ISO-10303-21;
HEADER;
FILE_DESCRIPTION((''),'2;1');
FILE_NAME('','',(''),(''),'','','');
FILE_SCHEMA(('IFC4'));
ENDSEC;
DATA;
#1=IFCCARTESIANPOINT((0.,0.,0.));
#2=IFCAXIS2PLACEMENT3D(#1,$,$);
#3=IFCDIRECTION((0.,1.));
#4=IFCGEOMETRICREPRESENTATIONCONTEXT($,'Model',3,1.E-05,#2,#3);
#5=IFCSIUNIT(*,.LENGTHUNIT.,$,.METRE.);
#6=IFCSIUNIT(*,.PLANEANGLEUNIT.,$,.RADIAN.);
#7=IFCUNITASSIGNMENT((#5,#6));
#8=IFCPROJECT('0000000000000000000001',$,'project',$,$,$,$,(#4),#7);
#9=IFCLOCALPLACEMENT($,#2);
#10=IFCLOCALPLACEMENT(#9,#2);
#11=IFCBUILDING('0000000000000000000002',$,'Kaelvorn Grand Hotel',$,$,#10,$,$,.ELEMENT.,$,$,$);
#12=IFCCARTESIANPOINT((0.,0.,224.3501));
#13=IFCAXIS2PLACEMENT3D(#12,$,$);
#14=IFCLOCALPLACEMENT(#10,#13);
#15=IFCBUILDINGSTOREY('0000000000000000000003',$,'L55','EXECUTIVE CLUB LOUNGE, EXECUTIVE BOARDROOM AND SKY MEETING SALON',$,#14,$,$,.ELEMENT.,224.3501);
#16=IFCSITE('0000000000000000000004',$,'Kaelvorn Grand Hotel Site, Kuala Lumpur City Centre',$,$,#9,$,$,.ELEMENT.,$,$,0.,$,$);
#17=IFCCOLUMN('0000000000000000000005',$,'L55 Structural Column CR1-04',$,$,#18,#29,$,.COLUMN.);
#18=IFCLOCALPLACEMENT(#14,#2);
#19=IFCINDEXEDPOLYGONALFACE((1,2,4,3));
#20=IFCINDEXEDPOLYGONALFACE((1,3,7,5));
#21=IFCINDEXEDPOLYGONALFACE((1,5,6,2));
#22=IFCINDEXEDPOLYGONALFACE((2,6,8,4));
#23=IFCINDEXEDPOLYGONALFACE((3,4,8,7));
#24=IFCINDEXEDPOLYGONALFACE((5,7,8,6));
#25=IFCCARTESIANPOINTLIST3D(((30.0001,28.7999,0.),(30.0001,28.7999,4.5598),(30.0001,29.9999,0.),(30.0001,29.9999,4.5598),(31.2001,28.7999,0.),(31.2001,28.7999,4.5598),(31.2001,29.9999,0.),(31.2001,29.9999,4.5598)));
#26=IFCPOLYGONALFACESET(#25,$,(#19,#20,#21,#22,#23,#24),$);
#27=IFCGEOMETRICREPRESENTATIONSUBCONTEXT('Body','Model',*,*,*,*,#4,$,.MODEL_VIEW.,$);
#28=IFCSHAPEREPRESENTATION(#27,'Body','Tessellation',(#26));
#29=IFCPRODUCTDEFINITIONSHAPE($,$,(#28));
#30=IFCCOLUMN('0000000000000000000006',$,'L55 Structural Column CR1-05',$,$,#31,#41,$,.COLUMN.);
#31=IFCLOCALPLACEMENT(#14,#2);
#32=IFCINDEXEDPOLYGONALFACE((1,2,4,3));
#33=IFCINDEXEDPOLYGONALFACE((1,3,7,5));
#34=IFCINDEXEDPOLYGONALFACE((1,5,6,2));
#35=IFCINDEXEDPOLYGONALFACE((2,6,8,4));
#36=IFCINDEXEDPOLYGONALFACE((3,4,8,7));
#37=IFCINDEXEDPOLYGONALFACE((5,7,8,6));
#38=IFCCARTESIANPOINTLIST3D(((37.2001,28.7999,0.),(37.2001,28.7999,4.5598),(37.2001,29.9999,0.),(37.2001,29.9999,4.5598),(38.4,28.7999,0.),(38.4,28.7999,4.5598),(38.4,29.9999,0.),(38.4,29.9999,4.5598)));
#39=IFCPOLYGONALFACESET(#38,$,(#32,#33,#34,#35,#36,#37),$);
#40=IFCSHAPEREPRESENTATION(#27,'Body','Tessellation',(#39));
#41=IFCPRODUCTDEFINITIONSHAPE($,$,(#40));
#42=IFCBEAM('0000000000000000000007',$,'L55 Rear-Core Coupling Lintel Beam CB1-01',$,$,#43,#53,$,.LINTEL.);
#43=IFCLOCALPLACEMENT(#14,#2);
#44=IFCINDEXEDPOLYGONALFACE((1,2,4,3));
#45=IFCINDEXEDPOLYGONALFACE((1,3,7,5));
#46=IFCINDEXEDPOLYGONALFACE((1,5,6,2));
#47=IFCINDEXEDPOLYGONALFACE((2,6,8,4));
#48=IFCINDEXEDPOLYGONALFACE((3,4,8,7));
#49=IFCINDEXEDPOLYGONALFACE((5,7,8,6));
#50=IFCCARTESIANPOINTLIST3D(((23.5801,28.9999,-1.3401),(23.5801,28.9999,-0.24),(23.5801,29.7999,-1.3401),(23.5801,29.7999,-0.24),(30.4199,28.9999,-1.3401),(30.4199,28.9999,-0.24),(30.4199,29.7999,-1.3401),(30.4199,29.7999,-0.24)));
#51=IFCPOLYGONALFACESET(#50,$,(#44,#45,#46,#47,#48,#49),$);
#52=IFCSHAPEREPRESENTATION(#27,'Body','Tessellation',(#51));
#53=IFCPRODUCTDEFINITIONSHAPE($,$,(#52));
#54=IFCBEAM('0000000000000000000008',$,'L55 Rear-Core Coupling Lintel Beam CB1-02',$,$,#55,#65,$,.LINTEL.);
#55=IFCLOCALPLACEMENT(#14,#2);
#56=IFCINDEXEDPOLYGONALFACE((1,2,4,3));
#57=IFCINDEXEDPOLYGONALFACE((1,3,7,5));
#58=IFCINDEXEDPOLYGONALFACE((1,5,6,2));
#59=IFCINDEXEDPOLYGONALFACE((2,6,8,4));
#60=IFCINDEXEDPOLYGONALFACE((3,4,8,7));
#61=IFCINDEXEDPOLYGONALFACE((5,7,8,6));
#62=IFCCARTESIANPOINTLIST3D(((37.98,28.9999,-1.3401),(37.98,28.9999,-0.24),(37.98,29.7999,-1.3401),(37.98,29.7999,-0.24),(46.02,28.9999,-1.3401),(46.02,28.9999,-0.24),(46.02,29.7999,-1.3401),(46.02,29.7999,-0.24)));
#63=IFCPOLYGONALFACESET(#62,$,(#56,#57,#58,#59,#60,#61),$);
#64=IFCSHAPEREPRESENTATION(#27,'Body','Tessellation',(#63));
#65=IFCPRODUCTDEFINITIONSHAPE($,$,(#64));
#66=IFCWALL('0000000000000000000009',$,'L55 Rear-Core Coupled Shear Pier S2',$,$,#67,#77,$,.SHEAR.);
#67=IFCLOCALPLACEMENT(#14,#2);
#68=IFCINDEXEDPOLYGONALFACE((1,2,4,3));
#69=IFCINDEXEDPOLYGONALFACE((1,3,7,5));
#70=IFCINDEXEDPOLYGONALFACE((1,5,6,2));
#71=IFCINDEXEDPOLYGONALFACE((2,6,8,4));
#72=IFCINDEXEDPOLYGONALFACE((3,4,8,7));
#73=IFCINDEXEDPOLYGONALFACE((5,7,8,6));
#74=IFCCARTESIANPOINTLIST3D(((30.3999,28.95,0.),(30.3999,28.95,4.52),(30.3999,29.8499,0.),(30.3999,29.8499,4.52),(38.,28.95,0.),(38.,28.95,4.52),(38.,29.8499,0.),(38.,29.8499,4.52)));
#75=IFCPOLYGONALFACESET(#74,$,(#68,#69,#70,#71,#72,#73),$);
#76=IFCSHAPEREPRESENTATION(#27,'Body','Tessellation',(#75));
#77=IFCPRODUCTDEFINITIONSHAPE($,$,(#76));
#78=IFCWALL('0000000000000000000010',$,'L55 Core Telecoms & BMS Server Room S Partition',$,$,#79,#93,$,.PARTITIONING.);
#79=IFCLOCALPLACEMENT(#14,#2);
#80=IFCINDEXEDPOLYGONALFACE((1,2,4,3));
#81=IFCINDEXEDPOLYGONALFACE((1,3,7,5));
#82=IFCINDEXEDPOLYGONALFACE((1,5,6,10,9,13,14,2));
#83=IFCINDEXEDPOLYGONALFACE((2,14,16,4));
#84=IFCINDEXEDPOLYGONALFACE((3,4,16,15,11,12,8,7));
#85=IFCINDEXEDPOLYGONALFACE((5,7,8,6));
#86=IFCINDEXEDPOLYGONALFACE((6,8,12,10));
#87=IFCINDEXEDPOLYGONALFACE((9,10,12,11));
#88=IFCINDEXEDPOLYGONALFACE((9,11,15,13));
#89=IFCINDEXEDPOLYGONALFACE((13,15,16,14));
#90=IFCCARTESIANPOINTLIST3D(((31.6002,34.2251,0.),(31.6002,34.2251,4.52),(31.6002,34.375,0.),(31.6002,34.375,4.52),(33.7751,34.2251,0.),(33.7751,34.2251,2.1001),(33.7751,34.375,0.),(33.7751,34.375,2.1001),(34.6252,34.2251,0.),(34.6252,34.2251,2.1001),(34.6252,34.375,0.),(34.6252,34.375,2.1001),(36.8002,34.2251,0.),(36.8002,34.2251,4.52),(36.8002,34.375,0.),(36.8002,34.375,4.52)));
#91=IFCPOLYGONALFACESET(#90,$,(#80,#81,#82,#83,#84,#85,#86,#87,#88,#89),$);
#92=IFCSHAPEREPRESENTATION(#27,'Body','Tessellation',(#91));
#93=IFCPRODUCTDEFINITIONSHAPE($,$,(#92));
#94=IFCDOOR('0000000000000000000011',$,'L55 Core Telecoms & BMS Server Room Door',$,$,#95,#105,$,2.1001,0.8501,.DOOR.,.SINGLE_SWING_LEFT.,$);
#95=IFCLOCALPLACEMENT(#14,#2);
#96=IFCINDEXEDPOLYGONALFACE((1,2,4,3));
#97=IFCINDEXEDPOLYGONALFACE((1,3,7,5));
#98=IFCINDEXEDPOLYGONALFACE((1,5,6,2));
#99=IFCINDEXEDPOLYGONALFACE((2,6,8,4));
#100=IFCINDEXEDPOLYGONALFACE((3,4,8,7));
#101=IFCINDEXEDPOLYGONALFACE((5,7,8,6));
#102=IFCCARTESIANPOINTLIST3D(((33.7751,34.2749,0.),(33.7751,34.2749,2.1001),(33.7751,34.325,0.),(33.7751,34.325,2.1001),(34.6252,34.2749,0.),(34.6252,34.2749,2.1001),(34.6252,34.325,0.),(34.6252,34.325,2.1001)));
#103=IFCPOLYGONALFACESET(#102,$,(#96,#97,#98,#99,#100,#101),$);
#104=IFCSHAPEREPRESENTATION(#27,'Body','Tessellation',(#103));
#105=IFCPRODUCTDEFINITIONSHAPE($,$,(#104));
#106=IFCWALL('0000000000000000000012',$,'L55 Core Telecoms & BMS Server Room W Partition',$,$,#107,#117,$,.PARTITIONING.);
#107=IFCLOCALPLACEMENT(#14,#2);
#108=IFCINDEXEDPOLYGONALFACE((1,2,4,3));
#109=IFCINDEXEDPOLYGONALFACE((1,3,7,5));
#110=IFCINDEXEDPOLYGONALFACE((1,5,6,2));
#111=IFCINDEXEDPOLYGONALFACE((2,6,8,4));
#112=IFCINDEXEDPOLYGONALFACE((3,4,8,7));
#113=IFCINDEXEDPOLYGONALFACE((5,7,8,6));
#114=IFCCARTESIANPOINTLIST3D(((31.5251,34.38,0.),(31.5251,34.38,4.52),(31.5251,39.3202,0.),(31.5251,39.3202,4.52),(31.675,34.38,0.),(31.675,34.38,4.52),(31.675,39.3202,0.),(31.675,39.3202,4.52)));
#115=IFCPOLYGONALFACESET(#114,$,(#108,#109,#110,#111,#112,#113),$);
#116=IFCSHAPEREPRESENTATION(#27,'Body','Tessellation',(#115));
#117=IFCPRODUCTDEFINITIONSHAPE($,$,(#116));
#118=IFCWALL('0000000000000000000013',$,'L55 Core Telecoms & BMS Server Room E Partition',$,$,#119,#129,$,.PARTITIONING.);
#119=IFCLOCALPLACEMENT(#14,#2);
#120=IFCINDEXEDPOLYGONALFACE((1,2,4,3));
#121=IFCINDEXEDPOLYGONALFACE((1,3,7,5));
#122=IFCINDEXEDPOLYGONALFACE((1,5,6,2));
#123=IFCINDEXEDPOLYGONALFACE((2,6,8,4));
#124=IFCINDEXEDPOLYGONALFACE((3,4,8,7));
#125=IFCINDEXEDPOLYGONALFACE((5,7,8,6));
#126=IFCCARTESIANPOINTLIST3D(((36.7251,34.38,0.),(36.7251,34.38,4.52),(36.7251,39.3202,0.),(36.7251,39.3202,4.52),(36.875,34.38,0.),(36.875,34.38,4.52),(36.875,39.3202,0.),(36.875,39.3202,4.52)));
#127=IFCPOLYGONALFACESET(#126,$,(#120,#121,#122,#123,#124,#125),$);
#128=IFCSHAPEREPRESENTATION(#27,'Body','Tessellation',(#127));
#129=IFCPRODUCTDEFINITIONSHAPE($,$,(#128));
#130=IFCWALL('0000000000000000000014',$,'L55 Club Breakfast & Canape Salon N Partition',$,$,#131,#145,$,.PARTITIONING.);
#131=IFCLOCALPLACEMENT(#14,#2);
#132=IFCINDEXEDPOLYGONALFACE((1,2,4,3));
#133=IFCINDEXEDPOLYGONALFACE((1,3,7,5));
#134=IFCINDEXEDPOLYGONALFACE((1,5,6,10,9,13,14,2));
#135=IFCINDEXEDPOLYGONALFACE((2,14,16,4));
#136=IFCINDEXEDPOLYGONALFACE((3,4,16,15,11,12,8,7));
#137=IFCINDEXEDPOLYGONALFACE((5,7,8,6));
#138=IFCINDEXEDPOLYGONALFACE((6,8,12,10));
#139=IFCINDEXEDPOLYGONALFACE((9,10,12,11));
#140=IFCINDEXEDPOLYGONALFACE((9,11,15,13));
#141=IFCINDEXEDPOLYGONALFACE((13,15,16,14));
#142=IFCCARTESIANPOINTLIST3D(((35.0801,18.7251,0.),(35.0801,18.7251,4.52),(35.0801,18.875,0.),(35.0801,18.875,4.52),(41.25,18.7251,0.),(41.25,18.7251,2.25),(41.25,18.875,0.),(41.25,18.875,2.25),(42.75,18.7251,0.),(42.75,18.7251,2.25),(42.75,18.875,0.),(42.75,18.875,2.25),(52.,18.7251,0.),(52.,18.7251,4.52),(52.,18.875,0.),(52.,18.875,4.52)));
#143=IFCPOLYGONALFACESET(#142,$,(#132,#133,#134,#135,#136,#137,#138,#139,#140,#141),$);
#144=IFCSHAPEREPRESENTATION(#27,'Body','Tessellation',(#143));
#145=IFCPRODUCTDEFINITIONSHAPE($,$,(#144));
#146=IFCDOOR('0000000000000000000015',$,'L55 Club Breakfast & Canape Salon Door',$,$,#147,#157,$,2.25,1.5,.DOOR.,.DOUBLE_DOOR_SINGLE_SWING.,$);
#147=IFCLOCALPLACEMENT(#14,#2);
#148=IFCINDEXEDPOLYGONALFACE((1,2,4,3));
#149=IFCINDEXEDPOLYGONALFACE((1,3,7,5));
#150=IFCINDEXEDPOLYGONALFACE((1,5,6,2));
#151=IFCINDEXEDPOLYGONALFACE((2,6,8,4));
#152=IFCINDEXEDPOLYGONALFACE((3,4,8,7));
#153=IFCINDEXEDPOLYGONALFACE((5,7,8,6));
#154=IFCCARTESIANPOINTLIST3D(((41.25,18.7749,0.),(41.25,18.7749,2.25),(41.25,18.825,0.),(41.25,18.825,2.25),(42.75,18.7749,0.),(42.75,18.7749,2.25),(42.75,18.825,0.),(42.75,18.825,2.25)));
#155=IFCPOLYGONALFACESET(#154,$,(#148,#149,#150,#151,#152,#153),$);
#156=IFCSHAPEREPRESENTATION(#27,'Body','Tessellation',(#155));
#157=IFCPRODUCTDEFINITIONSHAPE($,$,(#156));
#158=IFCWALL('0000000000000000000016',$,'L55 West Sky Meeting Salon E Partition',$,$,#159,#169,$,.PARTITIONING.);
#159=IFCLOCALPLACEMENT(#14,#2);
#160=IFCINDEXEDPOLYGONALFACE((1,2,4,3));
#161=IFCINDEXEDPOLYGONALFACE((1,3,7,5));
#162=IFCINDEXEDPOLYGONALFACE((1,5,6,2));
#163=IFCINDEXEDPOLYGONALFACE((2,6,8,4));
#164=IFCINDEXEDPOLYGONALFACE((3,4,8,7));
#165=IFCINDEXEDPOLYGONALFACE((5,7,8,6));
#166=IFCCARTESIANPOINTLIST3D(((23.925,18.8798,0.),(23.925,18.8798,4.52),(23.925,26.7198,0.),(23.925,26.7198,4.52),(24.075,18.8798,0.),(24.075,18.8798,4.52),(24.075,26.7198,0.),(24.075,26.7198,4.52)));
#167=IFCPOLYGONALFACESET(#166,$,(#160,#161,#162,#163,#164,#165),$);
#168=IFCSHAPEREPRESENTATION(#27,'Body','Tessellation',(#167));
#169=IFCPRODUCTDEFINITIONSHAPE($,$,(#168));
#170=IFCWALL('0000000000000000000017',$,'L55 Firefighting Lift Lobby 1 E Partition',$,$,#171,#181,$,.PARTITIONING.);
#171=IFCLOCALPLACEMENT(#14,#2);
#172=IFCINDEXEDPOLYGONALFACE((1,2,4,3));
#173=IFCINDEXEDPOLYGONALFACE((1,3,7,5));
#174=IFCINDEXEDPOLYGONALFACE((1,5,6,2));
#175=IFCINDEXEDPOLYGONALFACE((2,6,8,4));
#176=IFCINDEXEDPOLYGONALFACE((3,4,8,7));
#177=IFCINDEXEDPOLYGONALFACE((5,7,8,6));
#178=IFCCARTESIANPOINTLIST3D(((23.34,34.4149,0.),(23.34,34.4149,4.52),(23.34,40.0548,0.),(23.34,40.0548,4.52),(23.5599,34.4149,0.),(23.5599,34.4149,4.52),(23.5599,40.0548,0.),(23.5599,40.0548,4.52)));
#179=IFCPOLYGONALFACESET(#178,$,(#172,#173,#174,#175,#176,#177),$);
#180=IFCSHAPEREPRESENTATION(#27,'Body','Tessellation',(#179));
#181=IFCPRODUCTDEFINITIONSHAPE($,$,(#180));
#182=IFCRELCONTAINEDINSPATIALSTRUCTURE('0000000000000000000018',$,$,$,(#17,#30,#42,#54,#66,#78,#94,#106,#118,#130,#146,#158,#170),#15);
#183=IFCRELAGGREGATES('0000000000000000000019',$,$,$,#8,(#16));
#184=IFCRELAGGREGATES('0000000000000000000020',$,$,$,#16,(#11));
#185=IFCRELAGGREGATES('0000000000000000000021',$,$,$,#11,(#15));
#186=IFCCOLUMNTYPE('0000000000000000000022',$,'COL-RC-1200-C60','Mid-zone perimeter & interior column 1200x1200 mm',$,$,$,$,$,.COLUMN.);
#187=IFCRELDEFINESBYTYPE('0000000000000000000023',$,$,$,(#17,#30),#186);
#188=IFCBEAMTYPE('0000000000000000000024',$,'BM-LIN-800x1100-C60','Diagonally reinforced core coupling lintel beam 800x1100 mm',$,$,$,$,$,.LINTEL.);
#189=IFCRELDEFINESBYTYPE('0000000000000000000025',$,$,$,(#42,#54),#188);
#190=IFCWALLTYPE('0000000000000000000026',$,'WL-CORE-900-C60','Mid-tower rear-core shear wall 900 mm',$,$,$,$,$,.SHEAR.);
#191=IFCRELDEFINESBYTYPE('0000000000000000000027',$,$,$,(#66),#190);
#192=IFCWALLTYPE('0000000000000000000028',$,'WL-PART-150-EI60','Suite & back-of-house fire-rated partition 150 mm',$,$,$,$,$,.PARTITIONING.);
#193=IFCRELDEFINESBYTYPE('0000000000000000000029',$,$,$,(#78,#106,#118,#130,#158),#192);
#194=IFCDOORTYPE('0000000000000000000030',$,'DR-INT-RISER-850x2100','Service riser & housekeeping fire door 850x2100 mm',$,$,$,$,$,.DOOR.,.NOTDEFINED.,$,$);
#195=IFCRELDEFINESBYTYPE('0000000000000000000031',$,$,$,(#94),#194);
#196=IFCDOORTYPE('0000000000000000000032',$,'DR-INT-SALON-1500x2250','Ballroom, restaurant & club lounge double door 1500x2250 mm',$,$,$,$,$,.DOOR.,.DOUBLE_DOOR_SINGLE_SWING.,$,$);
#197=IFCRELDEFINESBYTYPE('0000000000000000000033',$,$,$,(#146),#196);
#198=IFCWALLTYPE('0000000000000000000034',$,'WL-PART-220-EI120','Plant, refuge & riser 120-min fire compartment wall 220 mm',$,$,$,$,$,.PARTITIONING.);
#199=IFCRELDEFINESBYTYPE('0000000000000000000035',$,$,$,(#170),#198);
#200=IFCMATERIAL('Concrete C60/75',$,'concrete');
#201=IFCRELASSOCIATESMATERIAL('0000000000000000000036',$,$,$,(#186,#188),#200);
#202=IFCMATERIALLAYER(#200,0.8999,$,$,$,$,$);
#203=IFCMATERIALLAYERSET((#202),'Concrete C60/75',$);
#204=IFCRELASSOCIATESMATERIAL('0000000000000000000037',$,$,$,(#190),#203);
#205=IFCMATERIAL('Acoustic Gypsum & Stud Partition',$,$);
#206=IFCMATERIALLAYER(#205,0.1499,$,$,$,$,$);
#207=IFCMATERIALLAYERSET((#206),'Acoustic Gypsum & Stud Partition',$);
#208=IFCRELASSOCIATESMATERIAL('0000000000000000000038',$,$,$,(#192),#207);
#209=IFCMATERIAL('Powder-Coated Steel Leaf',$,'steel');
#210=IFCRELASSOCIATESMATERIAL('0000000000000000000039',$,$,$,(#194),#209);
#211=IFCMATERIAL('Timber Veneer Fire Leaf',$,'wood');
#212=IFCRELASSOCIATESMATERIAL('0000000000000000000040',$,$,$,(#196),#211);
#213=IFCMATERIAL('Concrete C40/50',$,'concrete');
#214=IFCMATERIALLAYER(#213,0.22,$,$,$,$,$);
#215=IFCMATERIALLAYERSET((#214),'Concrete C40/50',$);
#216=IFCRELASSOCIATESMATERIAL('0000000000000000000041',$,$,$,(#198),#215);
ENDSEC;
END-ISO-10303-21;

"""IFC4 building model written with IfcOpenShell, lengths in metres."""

from ifc_helpers import new_model, si_unit, direction, frame, frame_2d, origin, origin_2d, place, context, subcontext, project, spatial, rectangle, extrude, material, layer, layer_set, material_profile, profile_set, type_object, element, fill, save


model = new_model("IFC4")

# Units and contexts
model_context = context("Model", 3, precision=1e-05, world=origin(), true_north=direction((0.0, 1.0)))
body_context = subcontext(model_context, "Body", "Model", "MODEL_VIEW")
ifc_project = project(units=[si_unit("LENGTHUNIT", "METRE"), si_unit("PLANEANGLEUNIT", "RADIAN")], contexts=[model_context])

# Site, building, storey
site_placement = place(None, origin())
site = spatial("IfcSite", under=ifc_project, at=site_placement, Name="Kaelvorn Grand Hotel Site, Kuala Lumpur City Centre", CompositionType="ELEMENT", RefElevation=0.0)
building_placement = place(site_placement, origin())
building = spatial("IfcBuilding", under=site, at=building_placement, Name="Kaelvorn Grand Hotel", CompositionType="ELEMENT")
storey_placement = place(building_placement, frame((0.0, 0.0, 224.3501)))
storey = spatial("IfcBuildingStorey", under=building, at=storey_placement, Name="L55", Description="EXECUTIVE CLUB LOUNGE, EXECUTIVE BOARDROOM AND SKY MEETING SALON", CompositionType="ELEMENT", Elevation=224.3501)

# Columns
ifc_material_1 = material(Name="Concrete C60/75", Category="concrete")
ifc_material_profile_1 = material_profile(ifc_material_1, rectangle(XDim=1.2, YDim=1.2, at=origin_2d()), Name="RC COL 1200x1200")
ifc_profile_set_1 = profile_set([ifc_material_profile_1], Name="Concrete C60/75")
column_type = type_object("IfcColumnType", Name="COL-RC-1200-C60", Description="Mid-zone perimeter & interior column 1200x1200 mm", PredefinedType="COLUMN", material=ifc_profile_set_1)
for number, where, z_axis, x_axis, name in (
    (1, (30.6001, 29.3999, 0.0), (0.0, 0.0, 1.0), (1.0, 0.0, 0.0), "L55 Structural Column CR1-04"),
    (2, (37.8, 29.3999, 0.0), (0.0, 0.0, 1.0), (1.0, 0.0, 0.0), "L55 Structural Column CR1-05"),
):
    element("IfcColumn", number, at=place(storey_placement, frame(where, z_axis=z_axis, x_axis=x_axis)), inside=storey, type_object=column_type, Name=name, PredefinedType="COLUMN", context=body_context, shape_type="SweptSolid", body=[
        extrude(rectangle(XDim=1.2, YDim=1.2, at=origin_2d()), origin(), (0.0, 0.0, 1.0), 4.5598),
    ])

# Beams
ifc_material_profile_2 = material_profile(ifc_material_1, rectangle(XDim=0.8, YDim=1.1001, at=origin_2d()), Name="RC LINTEL 800x1100")
ifc_profile_set_2 = profile_set([ifc_material_profile_2], Name="Concrete C60/75")
beam_type = type_object("IfcBeamType", Name="BM-LIN-800x1100-C60", Description="Diagonally reinforced core coupling lintel beam 800x1100 mm", PredefinedType="LINTEL", material=ifc_profile_set_2)
beam_1_placement = place(storey_placement, frame((23.5801, 29.3999, -0.79), z_axis=(1.0, 0.0, 0.0), x_axis=(0.0, 1.0, 0.0)))
element("IfcBeam", 3, at=beam_1_placement, inside=storey, type_object=beam_type, Name="L55 Rear-Core Coupling Lintel Beam CB1-01", PredefinedType="LINTEL", context=body_context, shape_type="SweptSolid", body=[
    extrude(rectangle(XDim=0.8, YDim=1.1001, at=origin_2d()), origin(), (0.0, 0.0, 1.0), 6.8398),
])
beam_2_placement = place(storey_placement, frame((37.98, 29.3999, -0.79), z_axis=(1.0, 0.0, 0.0), x_axis=(0.0, 1.0, 0.0)))
element("IfcBeam", 4, at=beam_2_placement, inside=storey, type_object=beam_type, Name="L55 Rear-Core Coupling Lintel Beam CB1-02", PredefinedType="LINTEL", context=body_context, shape_type="SweptSolid", body=[
    extrude(rectangle(XDim=0.8, YDim=1.1001, at=origin_2d()), origin(), (0.0, 0.0, 1.0), 8.04),
])

# Wall
ifc_layer_1 = layer(ifc_material_1, 0.8999)
ifc_layer_set_1 = layer_set([ifc_layer_1], Name="Concrete C60/75")
wall_type_1 = type_object("IfcWallType", Name="WL-CORE-900-C60", Description="Mid-tower rear-core shear wall 900 mm", PredefinedType="SHEAR", material=ifc_layer_set_1)
wall_1_placement = place(storey_placement, frame((30.3999, 29.3999, 0.0), z_axis=(0.0, 0.0, 1.0), x_axis=(1.0, 0.0, 0.0)))
element("IfcWall", 5, at=wall_1_placement, inside=storey, type_object=wall_type_1, Name="L55 Rear-Core Coupled Shear Pier S2", PredefinedType="SHEAR", context=body_context, shape_type="SweptSolid", body=[
    extrude(rectangle(XDim=7.6001, YDim=0.8999, at=frame_2d((3.8, 0.0))), origin(), (0.0, 0.0, 1.0), 4.52),
])

# Wall, opening, door
ifc_material_2 = material(Name="Acoustic Gypsum & Stud Partition")
ifc_layer_2 = layer(ifc_material_2, 0.1499)
ifc_layer_set_2 = layer_set([ifc_layer_2], Name="Acoustic Gypsum & Stud Partition")
wall_type_2 = type_object("IfcWallType", Name="WL-PART-150-EI60", Description="Suite & back-of-house fire-rated partition 150 mm", PredefinedType="PARTITIONING", material=ifc_layer_set_2)
wall_2_placement = place(storey_placement, frame((31.6001, 34.3, 0.0), z_axis=(0.0, 0.0, 1.0), x_axis=(1.0, 0.0, 0.0)))
wall_2 = element("IfcWall", 6, at=wall_2_placement, inside=storey, type_object=wall_type_2, Name="L55 Core Telecoms & BMS Server Room S Partition", PredefinedType="PARTITIONING", context=body_context, shape_type="SweptSolid", body=[
    extrude(rectangle(XDim=5.2, YDim=0.1499, at=frame_2d((2.6001, 0.0))), origin(), (0.0, 0.0, 1.0), 4.52),
])
opening_1_placement = place(wall_2_placement, frame((2.175, 0.0, 0.0)))
opening_1 = element("IfcOpeningElement", 7, at=opening_1_placement, cuts=wall_2, PredefinedType="OPENING", context=body_context, shape_type="SweptSolid", body=[
    extrude(rectangle(XDim=0.8501, YDim=2.1001, at=frame_2d((0.425, 1.05))), frame((0.0, 0.085, 0.0), z_axis=(0.0, -1.0, 0.0), x_axis=(1.0, 0.0, 0.0)), (0.0, 0.0, 1.0), 0.1699),
])
ifc_material_3 = material(Name="Powder-Coated Steel Leaf", Category="steel")
door_type_1 = type_object("IfcDoorType", Name="DR-INT-RISER-850x2100", Description="Service riser & housekeeping fire door 850x2100 mm", OperationType="NOTDEFINED", PredefinedType="DOOR", material=ifc_material_3)
door_1_placement = place(opening_1_placement, origin())
door_1 = element("IfcDoor", 8, at=door_1_placement, inside=storey, type_object=door_type_1, Name="L55 Core Telecoms & BMS Server Room Door", OperationType="SINGLE_SWING_LEFT", OverallHeight=2.1001, OverallWidth=0.8501, PredefinedType="DOOR", context=body_context, shape_type="SweptSolid", body=[
    extrude(rectangle(XDim=0.8501, YDim=2.1001, at=frame_2d((0.425, 1.05))), frame((0.0, 0.0249, 0.0), z_axis=(0.0, -1.0, 0.0), x_axis=(1.0, 0.0, 0.0)), (0.0, 0.0, 1.0), 0.05),
])
fill(opening_1, door_1)

# Walls
for number, where, z_axis, x_axis, name in (
    (9, (31.6001, 34.3799, 0.0), (0.0, 0.0, 1.0), (0.0, 1.0, 0.0), "L55 Core Telecoms & BMS Server Room W Partition"),
    (10, (36.8, 34.3799, 0.0), (0.0, 0.0, 1.0), (0.0, 1.0, 0.0), "L55 Core Telecoms & BMS Server Room E Partition"),
):
    element("IfcWall", number, at=place(storey_placement, frame(where, z_axis=z_axis, x_axis=x_axis)), inside=storey, type_object=wall_type_2, Name=name, PredefinedType="PARTITIONING", context=body_context, shape_type="SweptSolid", body=[
        extrude(rectangle(XDim=4.9402, YDim=0.1499, at=frame_2d((2.4702, 0.0))), origin(), (0.0, 0.0, 1.0), 4.52),
    ])

# Wall, opening, door
wall_3_placement = place(storey_placement, frame((35.0801, 18.8, 0.0), z_axis=(0.0, 0.0, 1.0), x_axis=(1.0, 0.0, 0.0)))
wall_3 = element("IfcWall", 11, at=wall_3_placement, inside=storey, type_object=wall_type_2, Name="L55 Club Breakfast & Canape Salon N Partition", PredefinedType="PARTITIONING", context=body_context, shape_type="SweptSolid", body=[
    extrude(rectangle(XDim=16.9199, YDim=0.1499, at=frame_2d((8.46, 0.0))), origin(), (0.0, 0.0, 1.0), 4.52),
])
opening_2_placement = place(wall_3_placement, frame((6.1699, 0.0, 0.0)))
opening_2 = element("IfcOpeningElement", 12, at=opening_2_placement, cuts=wall_3, PredefinedType="OPENING", context=body_context, shape_type="SweptSolid", body=[
    extrude(rectangle(XDim=1.5, YDim=2.25, at=frame_2d((0.75, 1.125))), frame((0.0, 0.085, 0.0), z_axis=(0.0, -1.0, 0.0), x_axis=(1.0, 0.0, 0.0)), (0.0, 0.0, 1.0), 0.1699),
])
ifc_material_4 = material(Name="Timber Veneer Fire Leaf", Category="wood")
door_type_2 = type_object("IfcDoorType", Name="DR-INT-SALON-1500x2250", Description="Ballroom, restaurant & club lounge double door 1500x2250 mm", OperationType="DOUBLE_DOOR_SINGLE_SWING", PredefinedType="DOOR", material=ifc_material_4)
door_2_placement = place(opening_2_placement, origin())
door_2 = element("IfcDoor", 13, at=door_2_placement, inside=storey, type_object=door_type_2, Name="L55 Club Breakfast & Canape Salon Door", OperationType="DOUBLE_DOOR_SINGLE_SWING", OverallHeight=2.25, OverallWidth=1.5, PredefinedType="DOOR", context=body_context, shape_type="SweptSolid", body=[
    extrude(rectangle(XDim=1.5, YDim=2.25, at=frame_2d((0.75, 1.125))), frame((0.0, 0.0249, 0.0), z_axis=(0.0, -1.0, 0.0), x_axis=(1.0, 0.0, 0.0)), (0.0, 0.0, 1.0), 0.05),
])
fill(opening_2, door_2)

# Walls
wall_4_placement = place(storey_placement, frame((24.0, 18.8799, 0.0), z_axis=(0.0, 0.0, 1.0), x_axis=(0.0, 1.0, 0.0)))
element("IfcWall", 14, at=wall_4_placement, inside=storey, type_object=wall_type_2, Name="L55 West Sky Meeting Salon E Partition", PredefinedType="PARTITIONING", context=body_context, shape_type="SweptSolid", body=[
    extrude(rectangle(XDim=7.8401, YDim=0.1499, at=frame_2d((3.9199, 0.0))), origin(), (0.0, 0.0, 1.0), 4.52),
])
ifc_material_5 = material(Name="Concrete C40/50", Category="concrete")
ifc_layer_3 = layer(ifc_material_5, 0.22)
ifc_layer_set_3 = layer_set([ifc_layer_3], Name="Concrete C40/50")
wall_type_3 = type_object("IfcWallType", Name="WL-PART-220-EI120", Description="Plant, refuge & riser 120-min fire compartment wall 220 mm", PredefinedType="PARTITIONING", material=ifc_layer_set_3)
wall_5_placement = place(storey_placement, frame((23.45, 34.415, 0.0), z_axis=(0.0, 0.0, 1.0), x_axis=(0.0, 1.0, 0.0)))
element("IfcWall", 15, at=wall_5_placement, inside=storey, type_object=wall_type_3, Name="L55 Firefighting Lift Lobby 1 E Partition", PredefinedType="PARTITIONING", context=body_context, shape_type="SweptSolid", body=[
    extrude(rectangle(XDim=5.6399, YDim=0.22, at=frame_2d((2.8198, 0.0))), origin(), (0.0, 0.0, 1.0), 4.52),
])

save(model, "model.ifc")
